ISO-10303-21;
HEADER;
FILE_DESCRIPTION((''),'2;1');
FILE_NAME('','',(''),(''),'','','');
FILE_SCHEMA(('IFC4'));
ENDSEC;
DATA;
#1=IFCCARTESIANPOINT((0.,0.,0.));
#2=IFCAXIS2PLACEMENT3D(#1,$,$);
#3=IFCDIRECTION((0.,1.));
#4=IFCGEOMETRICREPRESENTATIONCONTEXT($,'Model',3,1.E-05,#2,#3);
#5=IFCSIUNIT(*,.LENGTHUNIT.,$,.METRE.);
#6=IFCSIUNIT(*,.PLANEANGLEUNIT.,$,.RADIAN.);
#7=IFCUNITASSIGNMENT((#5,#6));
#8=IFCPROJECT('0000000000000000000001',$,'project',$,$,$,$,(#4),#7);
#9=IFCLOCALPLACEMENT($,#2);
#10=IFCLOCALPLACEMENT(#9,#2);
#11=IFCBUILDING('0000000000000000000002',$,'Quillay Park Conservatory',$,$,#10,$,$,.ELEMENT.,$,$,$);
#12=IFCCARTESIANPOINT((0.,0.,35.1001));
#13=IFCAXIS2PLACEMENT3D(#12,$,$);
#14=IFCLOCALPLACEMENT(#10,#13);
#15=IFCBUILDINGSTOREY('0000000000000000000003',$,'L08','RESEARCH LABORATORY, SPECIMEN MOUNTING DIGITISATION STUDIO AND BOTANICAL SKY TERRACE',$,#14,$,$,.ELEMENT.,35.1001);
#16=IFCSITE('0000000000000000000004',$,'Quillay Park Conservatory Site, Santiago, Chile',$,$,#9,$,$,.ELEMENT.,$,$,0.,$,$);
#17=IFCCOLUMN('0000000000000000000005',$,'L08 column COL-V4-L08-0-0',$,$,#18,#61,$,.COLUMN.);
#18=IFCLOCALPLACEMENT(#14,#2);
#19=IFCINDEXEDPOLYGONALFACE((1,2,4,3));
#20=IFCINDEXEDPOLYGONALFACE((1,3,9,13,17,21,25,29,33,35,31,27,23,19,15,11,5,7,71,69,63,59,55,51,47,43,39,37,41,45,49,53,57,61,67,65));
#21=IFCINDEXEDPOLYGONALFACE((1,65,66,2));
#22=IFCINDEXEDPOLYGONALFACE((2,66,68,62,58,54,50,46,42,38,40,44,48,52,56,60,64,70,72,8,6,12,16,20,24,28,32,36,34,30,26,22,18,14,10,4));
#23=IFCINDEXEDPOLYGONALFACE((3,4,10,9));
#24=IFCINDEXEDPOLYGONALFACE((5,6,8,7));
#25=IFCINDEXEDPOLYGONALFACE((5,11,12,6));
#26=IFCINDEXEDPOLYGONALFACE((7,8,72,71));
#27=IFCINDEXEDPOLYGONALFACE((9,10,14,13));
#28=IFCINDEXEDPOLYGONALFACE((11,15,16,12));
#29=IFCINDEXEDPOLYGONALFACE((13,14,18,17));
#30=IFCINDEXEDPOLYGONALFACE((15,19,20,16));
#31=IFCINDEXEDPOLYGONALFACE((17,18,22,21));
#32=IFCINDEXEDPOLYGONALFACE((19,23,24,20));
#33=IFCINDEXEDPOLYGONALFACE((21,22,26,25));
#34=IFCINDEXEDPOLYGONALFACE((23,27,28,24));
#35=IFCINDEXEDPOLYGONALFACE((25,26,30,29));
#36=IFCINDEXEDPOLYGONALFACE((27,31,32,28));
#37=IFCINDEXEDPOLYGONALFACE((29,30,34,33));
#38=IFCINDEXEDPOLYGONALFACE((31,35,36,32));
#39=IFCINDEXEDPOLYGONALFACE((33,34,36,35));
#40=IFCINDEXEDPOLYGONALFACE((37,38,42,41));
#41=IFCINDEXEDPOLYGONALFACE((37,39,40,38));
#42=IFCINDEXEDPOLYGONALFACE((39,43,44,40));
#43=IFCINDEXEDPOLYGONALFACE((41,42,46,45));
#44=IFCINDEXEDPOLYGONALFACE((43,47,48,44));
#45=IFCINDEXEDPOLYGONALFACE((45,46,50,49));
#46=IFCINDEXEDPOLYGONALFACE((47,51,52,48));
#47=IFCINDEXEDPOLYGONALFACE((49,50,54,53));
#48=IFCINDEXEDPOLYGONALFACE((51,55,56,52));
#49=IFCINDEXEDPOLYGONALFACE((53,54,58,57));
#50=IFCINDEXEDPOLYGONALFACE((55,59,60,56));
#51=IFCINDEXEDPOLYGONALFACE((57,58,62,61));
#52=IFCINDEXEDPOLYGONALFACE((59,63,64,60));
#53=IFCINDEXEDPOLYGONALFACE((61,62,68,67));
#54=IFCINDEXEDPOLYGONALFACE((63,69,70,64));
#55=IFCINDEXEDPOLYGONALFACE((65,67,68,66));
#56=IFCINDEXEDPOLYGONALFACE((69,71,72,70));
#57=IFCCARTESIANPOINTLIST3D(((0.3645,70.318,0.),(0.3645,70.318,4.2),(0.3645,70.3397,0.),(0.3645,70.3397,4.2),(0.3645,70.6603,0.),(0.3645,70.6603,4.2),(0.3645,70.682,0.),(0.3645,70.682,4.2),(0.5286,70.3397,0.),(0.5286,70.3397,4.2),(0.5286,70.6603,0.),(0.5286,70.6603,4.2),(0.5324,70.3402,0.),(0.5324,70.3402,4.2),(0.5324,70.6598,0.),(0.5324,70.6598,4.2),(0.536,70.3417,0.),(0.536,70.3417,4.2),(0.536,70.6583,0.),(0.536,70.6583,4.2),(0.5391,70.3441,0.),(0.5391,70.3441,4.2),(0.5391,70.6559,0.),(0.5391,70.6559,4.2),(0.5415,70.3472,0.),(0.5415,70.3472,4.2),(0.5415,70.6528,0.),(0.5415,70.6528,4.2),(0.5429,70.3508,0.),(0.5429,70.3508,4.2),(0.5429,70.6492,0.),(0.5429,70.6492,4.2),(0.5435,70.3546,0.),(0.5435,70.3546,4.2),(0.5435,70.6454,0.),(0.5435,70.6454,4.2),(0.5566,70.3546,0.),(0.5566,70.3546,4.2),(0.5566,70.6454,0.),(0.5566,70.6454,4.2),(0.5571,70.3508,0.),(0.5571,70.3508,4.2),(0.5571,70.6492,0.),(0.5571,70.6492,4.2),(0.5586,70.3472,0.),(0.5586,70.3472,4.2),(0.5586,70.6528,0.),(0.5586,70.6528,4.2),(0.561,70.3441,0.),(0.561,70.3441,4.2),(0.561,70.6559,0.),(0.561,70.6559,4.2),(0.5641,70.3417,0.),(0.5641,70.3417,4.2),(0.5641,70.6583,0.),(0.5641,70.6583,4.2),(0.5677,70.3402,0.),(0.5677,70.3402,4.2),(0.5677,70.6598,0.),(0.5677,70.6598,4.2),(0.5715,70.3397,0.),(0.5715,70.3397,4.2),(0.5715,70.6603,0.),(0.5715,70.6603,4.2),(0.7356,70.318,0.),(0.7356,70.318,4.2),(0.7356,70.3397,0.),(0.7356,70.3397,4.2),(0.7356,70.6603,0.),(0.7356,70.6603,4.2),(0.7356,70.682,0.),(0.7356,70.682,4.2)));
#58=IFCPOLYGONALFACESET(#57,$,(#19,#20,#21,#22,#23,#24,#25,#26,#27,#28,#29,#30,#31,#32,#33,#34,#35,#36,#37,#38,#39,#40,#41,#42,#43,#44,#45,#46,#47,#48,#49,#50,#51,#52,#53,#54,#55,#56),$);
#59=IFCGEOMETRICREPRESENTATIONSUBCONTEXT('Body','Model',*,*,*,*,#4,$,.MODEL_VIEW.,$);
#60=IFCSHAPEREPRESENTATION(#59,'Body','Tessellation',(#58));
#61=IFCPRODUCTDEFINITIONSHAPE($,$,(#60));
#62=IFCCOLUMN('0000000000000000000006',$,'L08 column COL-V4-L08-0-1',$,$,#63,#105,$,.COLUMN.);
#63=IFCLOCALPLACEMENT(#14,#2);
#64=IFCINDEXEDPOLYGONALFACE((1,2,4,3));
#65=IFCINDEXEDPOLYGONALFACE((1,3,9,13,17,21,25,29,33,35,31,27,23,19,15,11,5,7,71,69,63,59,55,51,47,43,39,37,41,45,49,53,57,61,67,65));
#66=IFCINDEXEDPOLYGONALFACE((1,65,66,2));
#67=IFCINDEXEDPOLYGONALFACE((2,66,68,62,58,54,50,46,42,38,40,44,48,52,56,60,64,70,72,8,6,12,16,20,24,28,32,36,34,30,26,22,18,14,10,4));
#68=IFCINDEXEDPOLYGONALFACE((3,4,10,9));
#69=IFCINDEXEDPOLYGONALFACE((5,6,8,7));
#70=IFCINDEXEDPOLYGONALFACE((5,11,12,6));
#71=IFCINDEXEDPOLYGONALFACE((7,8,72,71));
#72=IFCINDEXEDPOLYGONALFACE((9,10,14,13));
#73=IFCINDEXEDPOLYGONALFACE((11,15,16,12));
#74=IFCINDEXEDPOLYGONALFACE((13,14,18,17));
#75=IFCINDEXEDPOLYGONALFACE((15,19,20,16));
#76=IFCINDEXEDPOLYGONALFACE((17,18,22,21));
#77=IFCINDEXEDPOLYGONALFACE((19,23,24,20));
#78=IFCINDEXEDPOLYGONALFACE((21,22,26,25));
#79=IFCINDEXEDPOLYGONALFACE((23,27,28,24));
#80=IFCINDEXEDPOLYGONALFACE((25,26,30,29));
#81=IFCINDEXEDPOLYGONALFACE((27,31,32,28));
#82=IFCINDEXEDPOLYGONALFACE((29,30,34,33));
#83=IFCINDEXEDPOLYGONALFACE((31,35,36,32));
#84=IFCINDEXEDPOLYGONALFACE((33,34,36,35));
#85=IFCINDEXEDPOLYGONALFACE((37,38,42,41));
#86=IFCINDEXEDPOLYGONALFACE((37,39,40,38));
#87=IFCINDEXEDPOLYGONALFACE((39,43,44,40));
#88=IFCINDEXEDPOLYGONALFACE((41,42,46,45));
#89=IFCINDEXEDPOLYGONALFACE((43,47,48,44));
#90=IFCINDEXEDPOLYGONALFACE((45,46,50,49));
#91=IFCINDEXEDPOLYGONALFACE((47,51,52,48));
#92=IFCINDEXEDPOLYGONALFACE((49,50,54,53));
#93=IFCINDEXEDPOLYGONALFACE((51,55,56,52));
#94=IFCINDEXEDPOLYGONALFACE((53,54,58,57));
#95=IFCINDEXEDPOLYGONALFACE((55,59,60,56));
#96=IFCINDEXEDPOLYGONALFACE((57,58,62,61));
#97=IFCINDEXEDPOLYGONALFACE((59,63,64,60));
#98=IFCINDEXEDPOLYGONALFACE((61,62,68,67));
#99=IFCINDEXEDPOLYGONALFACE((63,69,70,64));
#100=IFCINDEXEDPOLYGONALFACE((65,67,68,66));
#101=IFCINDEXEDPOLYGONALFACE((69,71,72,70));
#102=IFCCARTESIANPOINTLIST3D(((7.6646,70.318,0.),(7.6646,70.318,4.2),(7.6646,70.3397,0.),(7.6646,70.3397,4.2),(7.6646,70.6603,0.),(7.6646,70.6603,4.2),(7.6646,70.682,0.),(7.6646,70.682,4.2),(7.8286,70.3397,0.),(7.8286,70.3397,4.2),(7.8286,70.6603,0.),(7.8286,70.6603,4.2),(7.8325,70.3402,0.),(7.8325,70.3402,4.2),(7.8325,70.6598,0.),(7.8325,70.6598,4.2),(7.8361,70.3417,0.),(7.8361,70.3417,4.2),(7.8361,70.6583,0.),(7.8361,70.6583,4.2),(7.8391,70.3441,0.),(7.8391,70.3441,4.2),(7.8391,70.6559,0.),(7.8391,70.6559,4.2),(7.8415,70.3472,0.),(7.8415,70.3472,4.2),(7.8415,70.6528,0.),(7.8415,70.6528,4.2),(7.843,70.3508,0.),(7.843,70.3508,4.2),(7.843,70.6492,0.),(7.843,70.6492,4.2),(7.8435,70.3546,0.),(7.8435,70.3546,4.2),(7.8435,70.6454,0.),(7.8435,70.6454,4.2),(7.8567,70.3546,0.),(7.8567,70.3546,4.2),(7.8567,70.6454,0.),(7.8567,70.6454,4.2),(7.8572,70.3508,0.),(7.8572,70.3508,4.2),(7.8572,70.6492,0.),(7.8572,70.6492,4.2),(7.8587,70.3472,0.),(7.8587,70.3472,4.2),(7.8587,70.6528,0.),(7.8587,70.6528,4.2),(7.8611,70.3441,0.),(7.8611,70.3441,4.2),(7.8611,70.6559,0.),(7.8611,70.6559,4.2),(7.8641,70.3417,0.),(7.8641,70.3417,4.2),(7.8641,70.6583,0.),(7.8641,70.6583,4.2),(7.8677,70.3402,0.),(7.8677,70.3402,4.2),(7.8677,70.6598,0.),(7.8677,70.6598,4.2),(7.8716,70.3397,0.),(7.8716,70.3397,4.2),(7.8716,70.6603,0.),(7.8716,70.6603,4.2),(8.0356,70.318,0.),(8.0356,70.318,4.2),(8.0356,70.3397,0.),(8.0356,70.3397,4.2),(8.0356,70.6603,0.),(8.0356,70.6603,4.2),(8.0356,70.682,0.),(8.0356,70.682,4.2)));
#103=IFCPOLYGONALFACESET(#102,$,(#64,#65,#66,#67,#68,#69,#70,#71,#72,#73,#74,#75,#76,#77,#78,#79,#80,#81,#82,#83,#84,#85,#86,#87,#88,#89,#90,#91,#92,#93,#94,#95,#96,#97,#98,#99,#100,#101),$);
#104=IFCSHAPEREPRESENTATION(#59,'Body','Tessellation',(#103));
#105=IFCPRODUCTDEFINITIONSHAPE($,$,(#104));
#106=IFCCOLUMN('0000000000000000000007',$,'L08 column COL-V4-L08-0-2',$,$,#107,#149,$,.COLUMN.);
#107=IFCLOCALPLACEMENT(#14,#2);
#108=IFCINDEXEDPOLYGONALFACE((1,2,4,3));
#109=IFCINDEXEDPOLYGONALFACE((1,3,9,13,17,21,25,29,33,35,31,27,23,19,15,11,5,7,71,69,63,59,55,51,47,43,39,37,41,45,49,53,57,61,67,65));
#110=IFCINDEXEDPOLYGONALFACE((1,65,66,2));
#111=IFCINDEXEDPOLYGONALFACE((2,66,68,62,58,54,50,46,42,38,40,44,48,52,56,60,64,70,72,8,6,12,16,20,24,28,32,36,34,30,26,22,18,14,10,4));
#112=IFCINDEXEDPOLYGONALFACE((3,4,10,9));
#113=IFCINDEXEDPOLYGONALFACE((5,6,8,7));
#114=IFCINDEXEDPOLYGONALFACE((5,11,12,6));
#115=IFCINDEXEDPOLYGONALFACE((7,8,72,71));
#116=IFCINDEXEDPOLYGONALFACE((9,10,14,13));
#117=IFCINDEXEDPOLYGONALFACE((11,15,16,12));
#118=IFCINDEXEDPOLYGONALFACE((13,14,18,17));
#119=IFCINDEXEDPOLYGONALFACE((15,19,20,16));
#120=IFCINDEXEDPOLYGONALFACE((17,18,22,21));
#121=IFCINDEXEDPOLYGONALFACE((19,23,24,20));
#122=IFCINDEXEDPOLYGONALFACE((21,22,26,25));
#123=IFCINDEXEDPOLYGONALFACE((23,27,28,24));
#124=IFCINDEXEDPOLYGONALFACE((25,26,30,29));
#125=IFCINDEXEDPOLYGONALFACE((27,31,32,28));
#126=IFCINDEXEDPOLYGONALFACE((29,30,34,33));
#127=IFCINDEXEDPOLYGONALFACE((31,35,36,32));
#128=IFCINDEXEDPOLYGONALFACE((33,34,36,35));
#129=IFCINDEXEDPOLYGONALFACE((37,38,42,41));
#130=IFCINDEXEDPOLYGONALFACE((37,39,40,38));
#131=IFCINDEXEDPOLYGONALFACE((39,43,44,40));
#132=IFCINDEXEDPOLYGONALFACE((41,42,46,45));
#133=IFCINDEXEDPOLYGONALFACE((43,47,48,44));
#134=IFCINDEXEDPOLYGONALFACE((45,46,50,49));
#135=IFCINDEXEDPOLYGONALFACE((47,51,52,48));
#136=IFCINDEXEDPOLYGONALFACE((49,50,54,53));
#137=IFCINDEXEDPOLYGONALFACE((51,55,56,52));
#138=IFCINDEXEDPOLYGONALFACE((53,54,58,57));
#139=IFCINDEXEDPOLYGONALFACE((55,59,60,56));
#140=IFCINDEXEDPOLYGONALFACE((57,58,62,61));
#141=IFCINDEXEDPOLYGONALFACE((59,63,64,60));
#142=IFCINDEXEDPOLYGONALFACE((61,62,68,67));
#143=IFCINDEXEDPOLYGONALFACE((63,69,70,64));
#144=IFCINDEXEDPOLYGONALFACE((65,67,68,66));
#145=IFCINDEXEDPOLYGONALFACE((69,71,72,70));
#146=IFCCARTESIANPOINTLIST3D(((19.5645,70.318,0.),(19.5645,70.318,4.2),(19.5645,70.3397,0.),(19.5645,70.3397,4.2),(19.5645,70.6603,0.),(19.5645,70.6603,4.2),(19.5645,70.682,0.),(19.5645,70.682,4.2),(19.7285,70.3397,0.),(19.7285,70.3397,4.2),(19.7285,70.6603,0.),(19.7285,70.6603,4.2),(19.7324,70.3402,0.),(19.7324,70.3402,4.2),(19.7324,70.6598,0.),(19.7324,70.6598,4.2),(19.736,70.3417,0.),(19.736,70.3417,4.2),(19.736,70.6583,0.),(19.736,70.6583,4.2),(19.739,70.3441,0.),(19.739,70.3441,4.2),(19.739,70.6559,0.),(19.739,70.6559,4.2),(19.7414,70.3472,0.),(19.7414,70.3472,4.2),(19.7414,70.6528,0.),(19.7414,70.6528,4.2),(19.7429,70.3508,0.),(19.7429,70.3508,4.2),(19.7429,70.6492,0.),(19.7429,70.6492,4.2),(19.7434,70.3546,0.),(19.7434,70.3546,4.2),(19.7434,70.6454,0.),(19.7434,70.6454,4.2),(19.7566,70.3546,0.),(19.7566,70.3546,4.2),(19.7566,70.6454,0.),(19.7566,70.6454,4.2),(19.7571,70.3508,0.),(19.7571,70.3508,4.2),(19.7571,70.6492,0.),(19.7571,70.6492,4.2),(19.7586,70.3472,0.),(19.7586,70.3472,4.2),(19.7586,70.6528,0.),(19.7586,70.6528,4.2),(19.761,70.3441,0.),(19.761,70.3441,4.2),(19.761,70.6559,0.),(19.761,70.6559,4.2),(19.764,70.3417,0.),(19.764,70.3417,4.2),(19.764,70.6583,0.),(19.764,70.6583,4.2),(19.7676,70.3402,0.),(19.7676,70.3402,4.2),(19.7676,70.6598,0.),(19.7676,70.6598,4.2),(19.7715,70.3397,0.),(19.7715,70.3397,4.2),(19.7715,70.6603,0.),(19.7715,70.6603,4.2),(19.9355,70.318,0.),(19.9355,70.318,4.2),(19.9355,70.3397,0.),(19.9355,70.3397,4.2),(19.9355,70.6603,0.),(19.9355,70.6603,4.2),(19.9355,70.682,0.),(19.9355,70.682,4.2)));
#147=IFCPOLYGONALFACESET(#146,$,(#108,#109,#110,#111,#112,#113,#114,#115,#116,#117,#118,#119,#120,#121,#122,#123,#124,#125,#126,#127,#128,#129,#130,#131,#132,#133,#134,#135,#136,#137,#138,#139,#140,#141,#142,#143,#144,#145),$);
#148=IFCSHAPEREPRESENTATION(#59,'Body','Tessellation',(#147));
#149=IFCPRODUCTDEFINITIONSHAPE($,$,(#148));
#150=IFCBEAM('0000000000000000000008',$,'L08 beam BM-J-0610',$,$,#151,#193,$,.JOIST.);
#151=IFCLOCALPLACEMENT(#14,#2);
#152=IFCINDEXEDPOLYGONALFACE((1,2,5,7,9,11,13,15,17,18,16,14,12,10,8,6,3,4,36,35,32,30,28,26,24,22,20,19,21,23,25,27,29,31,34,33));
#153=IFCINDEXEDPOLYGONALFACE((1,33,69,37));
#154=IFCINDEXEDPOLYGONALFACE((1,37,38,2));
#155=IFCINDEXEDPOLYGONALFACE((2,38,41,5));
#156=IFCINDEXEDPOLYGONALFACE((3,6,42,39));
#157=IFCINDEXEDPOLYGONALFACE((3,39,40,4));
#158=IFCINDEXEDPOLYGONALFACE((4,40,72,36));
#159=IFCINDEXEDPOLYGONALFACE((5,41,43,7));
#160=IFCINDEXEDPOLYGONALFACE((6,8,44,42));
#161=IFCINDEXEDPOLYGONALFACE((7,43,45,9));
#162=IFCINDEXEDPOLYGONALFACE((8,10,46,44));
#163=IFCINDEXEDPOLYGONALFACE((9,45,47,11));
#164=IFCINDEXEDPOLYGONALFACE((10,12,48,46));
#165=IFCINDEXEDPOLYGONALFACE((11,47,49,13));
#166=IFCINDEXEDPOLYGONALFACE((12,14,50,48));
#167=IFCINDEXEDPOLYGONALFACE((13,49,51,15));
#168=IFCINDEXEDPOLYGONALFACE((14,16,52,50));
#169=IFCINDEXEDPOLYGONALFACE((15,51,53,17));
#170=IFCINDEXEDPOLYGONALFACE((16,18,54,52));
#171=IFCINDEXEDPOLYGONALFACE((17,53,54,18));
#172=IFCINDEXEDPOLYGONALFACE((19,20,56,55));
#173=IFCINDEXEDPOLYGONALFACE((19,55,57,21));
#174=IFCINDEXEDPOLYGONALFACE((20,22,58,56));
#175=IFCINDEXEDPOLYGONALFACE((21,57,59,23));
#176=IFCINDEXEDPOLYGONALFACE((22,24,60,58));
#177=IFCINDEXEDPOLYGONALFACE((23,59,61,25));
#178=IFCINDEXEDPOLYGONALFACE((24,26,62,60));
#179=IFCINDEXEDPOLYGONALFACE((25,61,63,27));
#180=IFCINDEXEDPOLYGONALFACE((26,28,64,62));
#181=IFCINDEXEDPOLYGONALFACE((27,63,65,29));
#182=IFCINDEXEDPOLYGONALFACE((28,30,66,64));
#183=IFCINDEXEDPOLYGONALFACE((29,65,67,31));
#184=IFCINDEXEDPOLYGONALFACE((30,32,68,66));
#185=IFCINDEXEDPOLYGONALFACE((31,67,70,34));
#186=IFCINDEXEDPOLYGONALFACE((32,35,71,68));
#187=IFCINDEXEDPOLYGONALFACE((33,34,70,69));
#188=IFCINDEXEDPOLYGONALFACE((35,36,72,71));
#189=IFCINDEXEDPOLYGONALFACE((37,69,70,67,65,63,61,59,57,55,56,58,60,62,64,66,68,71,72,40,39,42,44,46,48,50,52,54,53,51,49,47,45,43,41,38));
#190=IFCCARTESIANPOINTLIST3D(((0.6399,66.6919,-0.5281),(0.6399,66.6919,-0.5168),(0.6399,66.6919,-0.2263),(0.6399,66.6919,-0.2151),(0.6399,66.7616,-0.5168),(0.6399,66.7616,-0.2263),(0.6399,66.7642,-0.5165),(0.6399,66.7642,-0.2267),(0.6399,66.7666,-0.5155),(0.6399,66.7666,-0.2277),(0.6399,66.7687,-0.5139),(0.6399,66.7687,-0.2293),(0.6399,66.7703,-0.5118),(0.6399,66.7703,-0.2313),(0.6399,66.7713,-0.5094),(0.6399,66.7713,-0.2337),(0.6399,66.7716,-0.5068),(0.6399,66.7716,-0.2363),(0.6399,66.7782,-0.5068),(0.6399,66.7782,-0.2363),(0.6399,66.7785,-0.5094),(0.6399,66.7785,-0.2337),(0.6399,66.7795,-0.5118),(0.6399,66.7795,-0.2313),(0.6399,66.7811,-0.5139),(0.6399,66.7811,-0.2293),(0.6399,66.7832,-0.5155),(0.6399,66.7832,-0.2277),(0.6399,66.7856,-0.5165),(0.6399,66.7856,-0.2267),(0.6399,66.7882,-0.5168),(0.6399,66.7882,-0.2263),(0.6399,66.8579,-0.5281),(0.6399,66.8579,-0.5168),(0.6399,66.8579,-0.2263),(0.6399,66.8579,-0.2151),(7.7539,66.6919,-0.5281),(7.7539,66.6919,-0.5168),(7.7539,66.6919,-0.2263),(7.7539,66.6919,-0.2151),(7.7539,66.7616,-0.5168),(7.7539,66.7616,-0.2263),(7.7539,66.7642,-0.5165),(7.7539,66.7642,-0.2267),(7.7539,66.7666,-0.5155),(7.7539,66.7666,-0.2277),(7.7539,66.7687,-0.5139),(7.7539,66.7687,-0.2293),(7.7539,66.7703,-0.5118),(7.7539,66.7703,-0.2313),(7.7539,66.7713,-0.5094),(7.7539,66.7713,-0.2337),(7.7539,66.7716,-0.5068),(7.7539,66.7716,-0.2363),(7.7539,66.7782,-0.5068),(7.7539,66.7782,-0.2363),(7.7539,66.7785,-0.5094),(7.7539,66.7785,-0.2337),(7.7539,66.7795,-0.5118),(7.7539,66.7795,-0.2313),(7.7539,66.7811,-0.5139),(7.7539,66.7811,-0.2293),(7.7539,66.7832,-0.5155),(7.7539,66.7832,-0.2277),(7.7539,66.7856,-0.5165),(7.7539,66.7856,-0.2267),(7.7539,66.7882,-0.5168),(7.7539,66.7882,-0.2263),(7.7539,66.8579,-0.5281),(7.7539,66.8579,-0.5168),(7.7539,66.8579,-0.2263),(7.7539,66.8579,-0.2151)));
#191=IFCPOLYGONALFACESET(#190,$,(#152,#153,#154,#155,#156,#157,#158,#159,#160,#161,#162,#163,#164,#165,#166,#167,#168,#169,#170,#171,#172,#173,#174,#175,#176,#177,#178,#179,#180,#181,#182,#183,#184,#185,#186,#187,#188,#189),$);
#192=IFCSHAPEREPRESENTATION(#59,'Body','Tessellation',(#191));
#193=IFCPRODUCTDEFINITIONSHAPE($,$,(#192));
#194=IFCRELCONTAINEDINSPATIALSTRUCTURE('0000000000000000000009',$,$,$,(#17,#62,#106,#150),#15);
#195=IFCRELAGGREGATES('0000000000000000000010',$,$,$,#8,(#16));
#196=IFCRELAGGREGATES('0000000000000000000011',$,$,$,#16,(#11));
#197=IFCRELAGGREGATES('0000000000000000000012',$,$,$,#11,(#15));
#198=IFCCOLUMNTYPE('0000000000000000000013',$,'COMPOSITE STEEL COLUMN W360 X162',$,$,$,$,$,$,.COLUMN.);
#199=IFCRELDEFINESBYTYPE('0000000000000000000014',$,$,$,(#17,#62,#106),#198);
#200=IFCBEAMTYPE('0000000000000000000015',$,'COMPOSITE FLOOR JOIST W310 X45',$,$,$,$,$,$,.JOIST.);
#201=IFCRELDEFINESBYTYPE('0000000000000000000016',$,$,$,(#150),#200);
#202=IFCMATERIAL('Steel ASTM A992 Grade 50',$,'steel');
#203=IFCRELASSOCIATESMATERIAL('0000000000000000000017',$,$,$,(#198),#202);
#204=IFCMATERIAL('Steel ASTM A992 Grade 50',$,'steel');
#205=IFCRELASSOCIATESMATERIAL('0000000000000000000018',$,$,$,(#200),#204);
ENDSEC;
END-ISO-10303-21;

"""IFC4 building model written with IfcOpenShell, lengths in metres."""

from ifc_helpers import new_model, si_unit, direction, frame, origin, origin_2d, place, context, subcontext, project, spatial, i_section, extrude, material, material_profile, profile_set, type_object, element, save


model = new_model("IFC4")

# Units and contexts
model_context = context("Model", 3, precision=1e-05, world=origin(), true_north=direction((0.0, 1.0)))
body_context = subcontext(model_context, "Body", "Model", "MODEL_VIEW")
ifc_project = project(units=[si_unit("LENGTHUNIT", "METRE"), si_unit("PLANEANGLEUNIT", "RADIAN")], contexts=[model_context])

# Site, building, storey
site_placement = place(None, origin())
site = spatial("IfcSite", under=ifc_project, at=site_placement, Name="Quillay Park Conservatory Site, Santiago, Chile", CompositionType="ELEMENT", RefElevation=0.0)
building_placement = place(site_placement, origin())
building = spatial("IfcBuilding", under=site, at=building_placement, Name="Quillay Park Conservatory", CompositionType="ELEMENT")
storey_placement = place(building_placement, frame((0.0, 0.0, 35.1001)))
storey = spatial("IfcBuildingStorey", under=building, at=storey_placement, Name="L08", Description="RESEARCH LABORATORY, SPECIMEN MOUNTING DIGITISATION STUDIO AND BOTANICAL SKY TERRACE", CompositionType="ELEMENT", Elevation=35.1001)

# Columns
ifc_material_1 = material(Name="Steel ASTM A992 Grade 50", Category="steel")
ifc_material_profile_1 = material_profile(ifc_material_1, i_section(OverallWidth=0.3711, OverallDepth=0.364, WebThickness=0.0132, FlangeThickness=0.0217, FilletRadius=0.0149, at=origin_2d()), Name="W360x162")
ifc_profile_set_1 = profile_set([ifc_material_profile_1], Name="Steel ASTM A992 Grade 50")
column_type = type_object("IfcColumnType", Name="COMPOSITE STEEL COLUMN W360 X162", PredefinedType="COLUMN", material=ifc_profile_set_1)
for number, where, z_axis, x_axis, name in (
    (1, (0.55, 70.5, 0.0), (0.0, 0.0, 1.0), (1.0, 0.0, 0.0), "L08 column COL-V4-L08-0-0"),
    (2, (7.8501, 70.5, 0.0), (0.0, 0.0, 1.0), (1.0, 0.0, 0.0), "L08 column COL-V4-L08-0-1"),
    (3, (19.75, 70.5, 0.0), (0.0, 0.0, 1.0), (1.0, 0.0, 0.0), "L08 column COL-V4-L08-0-2"),
):
    element("IfcColumn", number, at=place(storey_placement, frame(where, z_axis=z_axis, x_axis=x_axis)), inside=storey, type_object=column_type, Name=name, PredefinedType="COLUMN", context=body_context, shape_type="SweptSolid", body=[
        extrude(i_section(OverallWidth=0.3711, OverallDepth=0.364, WebThickness=0.0132, FlangeThickness=0.0217, FilletRadius=0.0149, at=origin_2d()), origin(), (0.0, 0.0, 1.0), 4.2),
    ])

# Beam
ifc_material_2 = material(Name="Steel ASTM A992 Grade 50", Category="steel")
ifc_material_profile_2 = material_profile(ifc_material_2, i_section(OverallWidth=0.166, OverallDepth=0.313, WebThickness=0.0066, FlangeThickness=0.0112, FilletRadius=0.01, at=origin_2d()), Name="W310x45")
ifc_profile_set_2 = profile_set([ifc_material_profile_2], Name="Steel ASTM A992 Grade 50")
beam_type_1 = type_object("IfcBeamType", Name="COMPOSITE FLOOR JOIST W310 X45", PredefinedType="JOIST", material=ifc_profile_set_2)
beam_1_placement = place(storey_placement, frame((0.6399, 66.7749, -0.3716), z_axis=(1.0, 0.0, 0.0), x_axis=(0.0, 1.0, 0.0)))
element("IfcBeam", 4, at=beam_1_placement, inside=storey, type_object=beam_type_1, Name="L08 beam BM-J-0610", PredefinedType="JOIST", context=body_context, shape_type="SweptSolid", body=[
    extrude(i_section(OverallWidth=0.166, OverallDepth=0.313, WebThickness=0.0066, FlangeThickness=0.0112, FilletRadius=0.01, at=origin_2d()), origin(), (0.0, 0.0, 1.0), 7.114),
])

save(model, "model.ifc")
